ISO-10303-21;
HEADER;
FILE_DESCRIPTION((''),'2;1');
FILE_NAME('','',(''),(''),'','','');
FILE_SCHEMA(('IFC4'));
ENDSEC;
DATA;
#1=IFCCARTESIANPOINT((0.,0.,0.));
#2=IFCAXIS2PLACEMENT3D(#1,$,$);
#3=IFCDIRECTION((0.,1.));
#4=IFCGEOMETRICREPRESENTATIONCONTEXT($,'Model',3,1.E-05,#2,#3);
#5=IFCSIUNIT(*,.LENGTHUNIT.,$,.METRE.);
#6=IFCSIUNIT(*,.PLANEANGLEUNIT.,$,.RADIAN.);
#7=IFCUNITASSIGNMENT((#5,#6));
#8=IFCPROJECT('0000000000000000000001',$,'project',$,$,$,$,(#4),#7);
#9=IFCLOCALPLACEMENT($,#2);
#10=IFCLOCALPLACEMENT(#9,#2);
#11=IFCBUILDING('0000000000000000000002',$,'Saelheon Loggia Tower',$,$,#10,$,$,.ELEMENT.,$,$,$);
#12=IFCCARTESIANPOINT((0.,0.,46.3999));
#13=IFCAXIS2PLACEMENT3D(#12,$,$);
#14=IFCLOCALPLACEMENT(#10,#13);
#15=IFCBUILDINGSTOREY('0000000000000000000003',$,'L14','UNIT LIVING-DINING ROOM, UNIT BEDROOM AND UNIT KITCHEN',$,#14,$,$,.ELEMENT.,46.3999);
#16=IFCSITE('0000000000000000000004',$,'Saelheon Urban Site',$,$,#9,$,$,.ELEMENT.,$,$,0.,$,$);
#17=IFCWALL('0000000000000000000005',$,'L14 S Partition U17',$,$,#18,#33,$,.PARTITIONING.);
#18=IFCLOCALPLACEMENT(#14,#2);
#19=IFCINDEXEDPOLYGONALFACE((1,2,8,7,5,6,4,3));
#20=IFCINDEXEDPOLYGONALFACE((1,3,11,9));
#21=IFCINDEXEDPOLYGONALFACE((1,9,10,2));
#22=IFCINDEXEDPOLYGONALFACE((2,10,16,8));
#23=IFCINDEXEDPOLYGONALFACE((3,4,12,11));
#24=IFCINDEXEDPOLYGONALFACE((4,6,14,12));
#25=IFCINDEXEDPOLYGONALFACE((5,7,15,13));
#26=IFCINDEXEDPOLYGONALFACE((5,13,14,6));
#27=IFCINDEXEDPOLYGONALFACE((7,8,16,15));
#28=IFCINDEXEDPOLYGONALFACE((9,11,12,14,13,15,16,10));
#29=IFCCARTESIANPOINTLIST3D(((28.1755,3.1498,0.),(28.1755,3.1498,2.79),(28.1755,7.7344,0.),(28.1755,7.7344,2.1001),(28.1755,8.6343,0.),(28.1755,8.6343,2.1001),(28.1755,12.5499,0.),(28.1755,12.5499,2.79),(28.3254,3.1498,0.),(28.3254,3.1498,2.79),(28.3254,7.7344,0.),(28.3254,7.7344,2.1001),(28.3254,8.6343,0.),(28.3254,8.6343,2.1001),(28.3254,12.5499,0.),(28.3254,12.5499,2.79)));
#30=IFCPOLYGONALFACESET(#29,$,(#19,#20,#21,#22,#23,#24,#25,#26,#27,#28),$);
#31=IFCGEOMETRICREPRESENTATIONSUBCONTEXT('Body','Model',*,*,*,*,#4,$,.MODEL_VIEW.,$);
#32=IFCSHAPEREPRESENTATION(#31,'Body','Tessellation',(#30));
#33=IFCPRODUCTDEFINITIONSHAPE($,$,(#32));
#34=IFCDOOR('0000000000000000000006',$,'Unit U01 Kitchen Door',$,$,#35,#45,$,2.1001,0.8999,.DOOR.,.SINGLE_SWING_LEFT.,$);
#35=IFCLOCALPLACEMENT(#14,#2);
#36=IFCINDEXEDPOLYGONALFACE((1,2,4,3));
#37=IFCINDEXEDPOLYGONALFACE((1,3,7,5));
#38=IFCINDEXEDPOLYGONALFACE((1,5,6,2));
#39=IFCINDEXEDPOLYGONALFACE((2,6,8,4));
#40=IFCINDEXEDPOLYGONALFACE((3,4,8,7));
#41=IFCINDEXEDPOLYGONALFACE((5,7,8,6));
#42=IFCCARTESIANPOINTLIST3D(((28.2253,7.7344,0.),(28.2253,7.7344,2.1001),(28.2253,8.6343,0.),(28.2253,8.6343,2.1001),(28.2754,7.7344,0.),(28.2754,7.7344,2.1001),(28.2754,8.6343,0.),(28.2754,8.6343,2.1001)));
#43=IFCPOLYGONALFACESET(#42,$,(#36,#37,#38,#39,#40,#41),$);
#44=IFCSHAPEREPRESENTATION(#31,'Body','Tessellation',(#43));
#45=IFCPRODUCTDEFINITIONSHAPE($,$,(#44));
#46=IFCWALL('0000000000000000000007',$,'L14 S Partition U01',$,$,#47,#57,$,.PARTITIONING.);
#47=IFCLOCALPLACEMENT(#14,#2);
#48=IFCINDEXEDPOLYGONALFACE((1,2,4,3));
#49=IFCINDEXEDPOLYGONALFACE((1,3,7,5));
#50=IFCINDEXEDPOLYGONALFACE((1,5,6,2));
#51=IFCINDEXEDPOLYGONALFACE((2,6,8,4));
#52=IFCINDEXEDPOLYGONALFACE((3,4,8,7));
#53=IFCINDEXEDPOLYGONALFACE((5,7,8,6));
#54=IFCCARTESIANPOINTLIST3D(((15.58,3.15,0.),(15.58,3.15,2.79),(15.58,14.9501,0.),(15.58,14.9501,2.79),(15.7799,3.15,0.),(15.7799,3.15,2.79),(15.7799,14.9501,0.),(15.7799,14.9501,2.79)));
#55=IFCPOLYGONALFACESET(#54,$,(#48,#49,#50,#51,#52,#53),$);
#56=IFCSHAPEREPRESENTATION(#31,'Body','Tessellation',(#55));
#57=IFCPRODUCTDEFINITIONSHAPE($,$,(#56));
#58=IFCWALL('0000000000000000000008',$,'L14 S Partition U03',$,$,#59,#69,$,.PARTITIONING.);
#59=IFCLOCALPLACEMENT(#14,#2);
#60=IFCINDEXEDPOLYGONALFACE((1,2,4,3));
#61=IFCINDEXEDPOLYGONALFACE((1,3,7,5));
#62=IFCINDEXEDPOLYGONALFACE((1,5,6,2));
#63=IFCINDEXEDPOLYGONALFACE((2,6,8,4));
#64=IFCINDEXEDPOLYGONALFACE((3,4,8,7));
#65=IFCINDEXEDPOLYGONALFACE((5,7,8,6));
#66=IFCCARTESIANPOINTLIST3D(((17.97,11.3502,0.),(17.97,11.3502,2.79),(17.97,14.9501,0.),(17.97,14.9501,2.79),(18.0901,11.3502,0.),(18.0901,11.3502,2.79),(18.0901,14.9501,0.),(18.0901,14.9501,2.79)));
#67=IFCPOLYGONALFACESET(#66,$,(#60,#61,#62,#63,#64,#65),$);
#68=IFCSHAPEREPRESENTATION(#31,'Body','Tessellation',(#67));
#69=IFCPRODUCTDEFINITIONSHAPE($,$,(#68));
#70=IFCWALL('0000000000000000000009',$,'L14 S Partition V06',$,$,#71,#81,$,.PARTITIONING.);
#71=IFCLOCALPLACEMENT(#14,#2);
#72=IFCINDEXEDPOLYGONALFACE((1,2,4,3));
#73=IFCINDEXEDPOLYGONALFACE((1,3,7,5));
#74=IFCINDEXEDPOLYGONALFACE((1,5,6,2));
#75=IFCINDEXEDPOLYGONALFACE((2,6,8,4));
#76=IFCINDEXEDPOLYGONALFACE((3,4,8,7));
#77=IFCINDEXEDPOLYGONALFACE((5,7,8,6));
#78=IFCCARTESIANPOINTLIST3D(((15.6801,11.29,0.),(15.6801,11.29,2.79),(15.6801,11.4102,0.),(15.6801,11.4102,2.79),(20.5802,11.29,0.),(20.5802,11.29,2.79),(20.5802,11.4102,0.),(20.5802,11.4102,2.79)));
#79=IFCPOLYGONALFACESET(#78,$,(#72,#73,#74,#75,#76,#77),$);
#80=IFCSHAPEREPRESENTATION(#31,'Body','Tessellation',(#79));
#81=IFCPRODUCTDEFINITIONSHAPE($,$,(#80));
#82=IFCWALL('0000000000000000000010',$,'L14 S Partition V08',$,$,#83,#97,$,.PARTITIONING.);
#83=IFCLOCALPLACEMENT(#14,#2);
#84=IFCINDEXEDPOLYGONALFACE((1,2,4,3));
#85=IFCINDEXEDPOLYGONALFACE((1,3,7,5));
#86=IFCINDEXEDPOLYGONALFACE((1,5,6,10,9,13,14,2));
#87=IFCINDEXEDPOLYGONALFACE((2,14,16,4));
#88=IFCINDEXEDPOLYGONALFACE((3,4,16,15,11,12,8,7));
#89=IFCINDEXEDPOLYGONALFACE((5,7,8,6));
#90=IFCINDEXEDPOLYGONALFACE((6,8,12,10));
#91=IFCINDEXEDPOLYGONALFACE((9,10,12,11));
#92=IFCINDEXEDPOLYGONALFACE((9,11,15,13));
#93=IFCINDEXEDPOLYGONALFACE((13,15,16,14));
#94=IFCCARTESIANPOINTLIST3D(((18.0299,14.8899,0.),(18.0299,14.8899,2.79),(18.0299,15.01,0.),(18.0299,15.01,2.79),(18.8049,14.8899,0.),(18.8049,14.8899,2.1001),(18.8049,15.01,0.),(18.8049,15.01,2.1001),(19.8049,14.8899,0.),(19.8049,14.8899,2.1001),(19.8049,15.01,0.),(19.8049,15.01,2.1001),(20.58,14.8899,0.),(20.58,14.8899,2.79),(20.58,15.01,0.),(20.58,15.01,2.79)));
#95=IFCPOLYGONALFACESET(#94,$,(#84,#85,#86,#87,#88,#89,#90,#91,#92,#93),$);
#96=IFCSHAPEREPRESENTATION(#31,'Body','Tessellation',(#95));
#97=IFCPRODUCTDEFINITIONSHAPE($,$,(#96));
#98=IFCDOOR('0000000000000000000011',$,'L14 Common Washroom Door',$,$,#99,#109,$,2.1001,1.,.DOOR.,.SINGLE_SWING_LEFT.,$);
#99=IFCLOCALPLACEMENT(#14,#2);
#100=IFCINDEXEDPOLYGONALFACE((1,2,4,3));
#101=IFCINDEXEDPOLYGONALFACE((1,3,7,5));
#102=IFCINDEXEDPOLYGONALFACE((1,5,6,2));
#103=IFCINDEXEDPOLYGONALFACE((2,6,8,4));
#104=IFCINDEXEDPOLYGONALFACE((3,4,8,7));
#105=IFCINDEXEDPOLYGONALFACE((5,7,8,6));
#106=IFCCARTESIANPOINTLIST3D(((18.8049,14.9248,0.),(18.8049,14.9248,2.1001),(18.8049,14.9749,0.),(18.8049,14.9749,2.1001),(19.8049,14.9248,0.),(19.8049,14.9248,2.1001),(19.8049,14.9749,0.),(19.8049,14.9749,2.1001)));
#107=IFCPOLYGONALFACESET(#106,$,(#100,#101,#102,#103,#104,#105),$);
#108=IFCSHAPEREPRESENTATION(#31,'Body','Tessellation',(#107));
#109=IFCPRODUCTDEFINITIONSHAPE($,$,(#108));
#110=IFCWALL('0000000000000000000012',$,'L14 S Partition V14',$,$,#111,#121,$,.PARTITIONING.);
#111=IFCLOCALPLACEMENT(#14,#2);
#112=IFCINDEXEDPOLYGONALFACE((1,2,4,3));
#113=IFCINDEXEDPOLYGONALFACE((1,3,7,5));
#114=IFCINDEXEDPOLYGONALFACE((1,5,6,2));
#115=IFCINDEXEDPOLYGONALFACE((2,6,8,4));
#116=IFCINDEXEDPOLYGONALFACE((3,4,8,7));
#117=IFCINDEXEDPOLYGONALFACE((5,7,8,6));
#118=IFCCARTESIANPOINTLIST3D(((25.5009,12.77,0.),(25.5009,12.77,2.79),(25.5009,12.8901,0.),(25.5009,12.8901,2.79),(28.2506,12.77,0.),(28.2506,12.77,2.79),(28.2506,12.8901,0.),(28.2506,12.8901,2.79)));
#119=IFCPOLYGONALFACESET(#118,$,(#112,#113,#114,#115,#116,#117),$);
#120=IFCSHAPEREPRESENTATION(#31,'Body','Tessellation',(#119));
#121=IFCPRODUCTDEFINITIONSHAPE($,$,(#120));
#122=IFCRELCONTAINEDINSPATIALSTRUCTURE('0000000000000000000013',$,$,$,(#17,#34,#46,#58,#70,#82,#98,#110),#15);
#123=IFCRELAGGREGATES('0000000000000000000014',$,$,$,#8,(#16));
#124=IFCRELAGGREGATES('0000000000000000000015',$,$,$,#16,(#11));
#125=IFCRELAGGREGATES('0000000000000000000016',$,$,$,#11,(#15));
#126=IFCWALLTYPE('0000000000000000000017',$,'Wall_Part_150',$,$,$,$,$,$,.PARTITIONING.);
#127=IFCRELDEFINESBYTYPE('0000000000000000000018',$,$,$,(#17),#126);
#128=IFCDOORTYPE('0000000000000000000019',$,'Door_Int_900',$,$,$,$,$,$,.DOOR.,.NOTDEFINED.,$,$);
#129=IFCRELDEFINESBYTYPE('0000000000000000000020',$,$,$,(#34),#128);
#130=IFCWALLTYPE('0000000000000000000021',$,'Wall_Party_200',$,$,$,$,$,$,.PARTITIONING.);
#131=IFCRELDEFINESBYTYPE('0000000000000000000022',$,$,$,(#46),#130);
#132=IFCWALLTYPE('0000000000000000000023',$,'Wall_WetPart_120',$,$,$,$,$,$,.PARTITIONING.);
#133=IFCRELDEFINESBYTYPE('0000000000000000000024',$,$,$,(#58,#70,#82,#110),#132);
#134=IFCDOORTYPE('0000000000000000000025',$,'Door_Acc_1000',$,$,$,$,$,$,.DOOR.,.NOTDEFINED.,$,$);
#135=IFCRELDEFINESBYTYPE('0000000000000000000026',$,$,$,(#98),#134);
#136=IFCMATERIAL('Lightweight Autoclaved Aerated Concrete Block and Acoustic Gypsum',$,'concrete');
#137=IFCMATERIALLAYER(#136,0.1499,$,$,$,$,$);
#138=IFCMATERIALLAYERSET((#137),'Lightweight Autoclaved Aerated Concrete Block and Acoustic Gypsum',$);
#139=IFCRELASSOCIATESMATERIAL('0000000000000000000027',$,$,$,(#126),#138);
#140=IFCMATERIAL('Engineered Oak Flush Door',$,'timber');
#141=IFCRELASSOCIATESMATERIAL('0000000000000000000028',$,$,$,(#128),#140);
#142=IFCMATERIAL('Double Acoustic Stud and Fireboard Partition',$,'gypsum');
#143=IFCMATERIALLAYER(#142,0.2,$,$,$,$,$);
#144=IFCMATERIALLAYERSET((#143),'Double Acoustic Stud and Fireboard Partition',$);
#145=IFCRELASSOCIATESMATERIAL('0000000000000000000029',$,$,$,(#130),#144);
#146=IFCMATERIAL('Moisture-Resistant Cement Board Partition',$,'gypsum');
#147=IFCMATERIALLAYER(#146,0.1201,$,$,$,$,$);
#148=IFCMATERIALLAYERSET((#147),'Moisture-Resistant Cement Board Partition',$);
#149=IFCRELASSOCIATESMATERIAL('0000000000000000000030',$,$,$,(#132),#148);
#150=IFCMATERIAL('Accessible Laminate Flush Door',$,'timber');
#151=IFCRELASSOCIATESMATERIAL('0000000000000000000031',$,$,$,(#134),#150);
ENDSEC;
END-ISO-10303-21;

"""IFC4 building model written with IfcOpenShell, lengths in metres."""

from ifc_helpers import new_model, si_unit, direction, frame, frame_2d, origin, place, context, subcontext, project, spatial, rectangle, extrude, source, transform, mapped, material, layer, layer_set, type_object, element, fill, save


model = new_model("IFC4")

# Units and contexts
model_context = context("Model", 3, precision=1e-05, world=origin(), true_north=direction((0.0, 1.0)))
body_context = subcontext(model_context, "Body", "Model", "MODEL_VIEW")
ifc_project = project(units=[si_unit("LENGTHUNIT", "METRE"), si_unit("PLANEANGLEUNIT", "RADIAN")], contexts=[model_context])

# Site, building, storey
site_placement = place(None, origin())
site = spatial("IfcSite", under=ifc_project, at=site_placement, Name="Saelheon Urban Site", CompositionType="ELEMENT", RefElevation=0.0)
building_placement = place(site_placement, origin())
building = spatial("IfcBuilding", under=site, at=building_placement, Name="Saelheon Loggia Tower", CompositionType="ELEMENT")
storey_placement = place(building_placement, frame((0.0, 0.0, 46.3999)))
storey = spatial("IfcBuildingStorey", under=building, at=storey_placement, Name="L14", Description="UNIT LIVING-DINING ROOM, UNIT BEDROOM AND UNIT KITCHEN", CompositionType="ELEMENT", Elevation=46.3999)

# Shared definitions
ifc_material_1 = material(Name="Lightweight Autoclaved Aerated Concrete Block and Acoustic Gypsum", Category="concrete")
ifc_layer_1 = layer(ifc_material_1, 0.1499)
ifc_layer_set_1 = layer_set([ifc_layer_1], Name="Lightweight Autoclaved Aerated Concrete Block and Acoustic Gypsum")
wall_type_1 = type_object("IfcWallType", Name="Wall_Part_150", PredefinedType="PARTITIONING", material=ifc_layer_set_1)

# Wall, opening, door
ifc_material_2 = material(Name="Engineered Oak Flush Door", Category="timber")
door_type_1 = type_object("IfcDoorType", Name="Door_Int_900", OperationType="NOTDEFINED", PredefinedType="DOOR", material=ifc_material_2)
shared_shape_1 = source(origin(), body_context, "Body", "SweptSolid", [
    extrude(rectangle(XDim=0.8999, YDim=2.1001, at=frame_2d((0.45, 1.05))), frame((0.0, 0.0249, 0.0), z_axis=(0.0, -1.0, 0.0), x_axis=(1.0, 0.0, 0.0)), (0.0, 0.0, 1.0), 0.05),
])
wall_1_placement = place(storey_placement, frame((28.2505, 12.55, 0.0), z_axis=(0.0, 0.0, 1.0), x_axis=(0.0, -1.0, 0.0)))
wall_1 = element("IfcWall", 1, at=wall_1_placement, inside=storey, type_object=wall_type_1, Name="L14 S Partition U17", PredefinedType="PARTITIONING", context=body_context, shape_type="SweptSolid", body=[
    extrude(rectangle(XDim=9.4001, YDim=0.1499, at=frame_2d((4.7002, 0.0))), origin(), (0.0, 0.0, 1.0), 2.79),
])
opening_1_placement = place(wall_1_placement, frame((3.9158, 0.0, 0.0)))
opening_1 = element("IfcOpeningElement", 2, at=opening_1_placement, cuts=wall_1, PredefinedType="OPENING", context=body_context, shape_type="SweptSolid", body=[
    extrude(rectangle(XDim=0.8999, YDim=2.1001, at=frame_2d((0.45, 1.05))), frame((0.0, 0.0869, 0.0), z_axis=(0.0, -1.0, 0.0), x_axis=(1.0, 0.0, 0.0)), (0.0, 0.0, 1.0), 0.1738),
])
door_1_placement = place(opening_1_placement, origin())
door_1 = element("IfcDoor", 3, at=door_1_placement, inside=storey, type_object=door_type_1, Name="Unit U01 Kitchen Door", OperationType="SINGLE_SWING_LEFT", OverallHeight=2.1001, OverallWidth=0.8999, PredefinedType="DOOR", context=body_context, shape_type="MappedRepresentation", body=[
    mapped(shared_shape_1, transform((0.0, 0.0, 0.0), scale=1.0)),
])
fill(opening_1, door_1)

# Walls
ifc_material_3 = material(Name="Double Acoustic Stud and Fireboard Partition", Category="gypsum")
ifc_layer_2 = layer(ifc_material_3, 0.2)
ifc_layer_set_2 = layer_set([ifc_layer_2], Name="Double Acoustic Stud and Fireboard Partition")
wall_type_2 = type_object("IfcWallType", Name="Wall_Party_200", PredefinedType="PARTITIONING", material=ifc_layer_set_2)
wall_2_placement = place(storey_placement, frame((15.6799, 14.95, 0.0), z_axis=(0.0, 0.0, 1.0), x_axis=(0.0, -1.0, 0.0)))
element("IfcWall", 4, at=wall_2_placement, inside=storey, type_object=wall_type_2, Name="L14 S Partition U01", PredefinedType="PARTITIONING", context=body_context, shape_type="SweptSolid", body=[
    extrude(rectangle(XDim=11.8, YDim=0.2, at=frame_2d((5.8999, 0.0))), origin(), (0.0, 0.0, 1.0), 2.79),
])
ifc_material_4 = material(Name="Moisture-Resistant Cement Board Partition", Category="gypsum")
ifc_layer_3 = layer(ifc_material_4, 0.1201)
ifc_layer_set_3 = layer_set([ifc_layer_3], Name="Moisture-Resistant Cement Board Partition")
wall_type_3 = type_object("IfcWallType", Name="Wall_WetPart_120", PredefinedType="PARTITIONING", material=ifc_layer_set_3)
wall_3_placement = place(storey_placement, frame((18.03, 14.95, 0.0), z_axis=(0.0, 0.0, 1.0), x_axis=(0.0, -1.0, 0.0)))
element("IfcWall", 5, at=wall_3_placement, inside=storey, type_object=wall_type_3, Name="L14 S Partition U03", PredefinedType="PARTITIONING", context=body_context, shape_type="SweptSolid", body=[
    extrude(rectangle(XDim=3.5999, YDim=0.1201, at=frame_2d((1.7998, 0.0))), origin(), (0.0, 0.0, 1.0), 2.79),
])
wall_4_placement = place(storey_placement, frame((15.6799, 11.3501, 0.0), z_axis=(0.0, 0.0, 1.0), x_axis=(1.0, 0.0, 0.0)))
element("IfcWall", 6, at=wall_4_placement, inside=storey, type_object=wall_type_3, Name="L14 S Partition V06", PredefinedType="PARTITIONING", context=body_context, shape_type="SweptSolid", body=[
    extrude(rectangle(XDim=4.9001, YDim=0.1201, at=frame_2d((2.4502, 0.0))), origin(), (0.0, 0.0, 1.0), 2.79),
])

# Wall, opening, door
wall_5_placement = place(storey_placement, frame((18.03, 14.95, 0.0), z_axis=(0.0, 0.0, 1.0), x_axis=(1.0, 0.0, 0.0)))
wall_5 = element("IfcWall", 7, at=wall_5_placement, inside=storey, type_object=wall_type_3, Name="L14 S Partition V08", PredefinedType="PARTITIONING", context=body_context, shape_type="SweptSolid", body=[
    extrude(rectangle(XDim=2.55, YDim=0.1201, at=frame_2d((1.2749, 0.0))), origin(), (0.0, 0.0, 1.0), 2.79),
])
opening_2_placement = place(wall_5_placement, frame((0.7749, 0.0, 0.0)))
opening_2 = element("IfcOpeningElement", 8, at=opening_2_placement, cuts=wall_5, PredefinedType="OPENING", context=body_context, shape_type="SweptSolid", body=[
    extrude(rectangle(XDim=1.0, YDim=2.1001, at=frame_2d((0.5, 1.05))), frame((0.0, 0.072, 0.0), z_axis=(0.0, -1.0, 0.0), x_axis=(1.0, 0.0, 0.0)), (0.0, 0.0, 1.0), 0.144),
])
ifc_material_5 = material(Name="Accessible Laminate Flush Door", Category="timber")
door_type_2 = type_object("IfcDoorType", Name="Door_Acc_1000", OperationType="NOTDEFINED", PredefinedType="DOOR", material=ifc_material_5)
shared_shape_2 = source(origin(), body_context, "Body", "SweptSolid", [
    extrude(rectangle(XDim=1.0, YDim=2.1001, at=frame_2d((0.5, 1.05))), frame((0.0, 0.0249, 0.0), z_axis=(0.0, -1.0, 0.0), x_axis=(1.0, 0.0, 0.0)), (0.0, 0.0, 1.0), 0.05),
])
door_2_placement = place(opening_2_placement, origin())
door_2 = element("IfcDoor", 9, at=door_2_placement, inside=storey, type_object=door_type_2, Name="L14 Common Washroom Door", OperationType="SINGLE_SWING_LEFT", OverallHeight=2.1001, OverallWidth=1.0, PredefinedType="DOOR", context=body_context, shape_type="MappedRepresentation", body=[
    mapped(shared_shape_2, transform((0.0, 0.0, 0.0), scale=1.0)),
])
fill(opening_2, door_2)

# Wall
wall_6_placement = place(storey_placement, frame((25.5007, 12.8301, 0.0), z_axis=(0.0, 0.0, 1.0), x_axis=(1.0, 0.0, 0.0)))
element("IfcWall", 10, at=wall_6_placement, inside=storey, type_object=wall_type_3, Name="L14 S Partition V14", PredefinedType="PARTITIONING", context=body_context, shape_type="SweptSolid", body=[
    extrude(rectangle(XDim=2.7498, YDim=0.1201, at=frame_2d((1.375, 0.0))), origin(), (0.0, 0.0, 1.0), 2.79),
])

save(model, "model.ifc")
